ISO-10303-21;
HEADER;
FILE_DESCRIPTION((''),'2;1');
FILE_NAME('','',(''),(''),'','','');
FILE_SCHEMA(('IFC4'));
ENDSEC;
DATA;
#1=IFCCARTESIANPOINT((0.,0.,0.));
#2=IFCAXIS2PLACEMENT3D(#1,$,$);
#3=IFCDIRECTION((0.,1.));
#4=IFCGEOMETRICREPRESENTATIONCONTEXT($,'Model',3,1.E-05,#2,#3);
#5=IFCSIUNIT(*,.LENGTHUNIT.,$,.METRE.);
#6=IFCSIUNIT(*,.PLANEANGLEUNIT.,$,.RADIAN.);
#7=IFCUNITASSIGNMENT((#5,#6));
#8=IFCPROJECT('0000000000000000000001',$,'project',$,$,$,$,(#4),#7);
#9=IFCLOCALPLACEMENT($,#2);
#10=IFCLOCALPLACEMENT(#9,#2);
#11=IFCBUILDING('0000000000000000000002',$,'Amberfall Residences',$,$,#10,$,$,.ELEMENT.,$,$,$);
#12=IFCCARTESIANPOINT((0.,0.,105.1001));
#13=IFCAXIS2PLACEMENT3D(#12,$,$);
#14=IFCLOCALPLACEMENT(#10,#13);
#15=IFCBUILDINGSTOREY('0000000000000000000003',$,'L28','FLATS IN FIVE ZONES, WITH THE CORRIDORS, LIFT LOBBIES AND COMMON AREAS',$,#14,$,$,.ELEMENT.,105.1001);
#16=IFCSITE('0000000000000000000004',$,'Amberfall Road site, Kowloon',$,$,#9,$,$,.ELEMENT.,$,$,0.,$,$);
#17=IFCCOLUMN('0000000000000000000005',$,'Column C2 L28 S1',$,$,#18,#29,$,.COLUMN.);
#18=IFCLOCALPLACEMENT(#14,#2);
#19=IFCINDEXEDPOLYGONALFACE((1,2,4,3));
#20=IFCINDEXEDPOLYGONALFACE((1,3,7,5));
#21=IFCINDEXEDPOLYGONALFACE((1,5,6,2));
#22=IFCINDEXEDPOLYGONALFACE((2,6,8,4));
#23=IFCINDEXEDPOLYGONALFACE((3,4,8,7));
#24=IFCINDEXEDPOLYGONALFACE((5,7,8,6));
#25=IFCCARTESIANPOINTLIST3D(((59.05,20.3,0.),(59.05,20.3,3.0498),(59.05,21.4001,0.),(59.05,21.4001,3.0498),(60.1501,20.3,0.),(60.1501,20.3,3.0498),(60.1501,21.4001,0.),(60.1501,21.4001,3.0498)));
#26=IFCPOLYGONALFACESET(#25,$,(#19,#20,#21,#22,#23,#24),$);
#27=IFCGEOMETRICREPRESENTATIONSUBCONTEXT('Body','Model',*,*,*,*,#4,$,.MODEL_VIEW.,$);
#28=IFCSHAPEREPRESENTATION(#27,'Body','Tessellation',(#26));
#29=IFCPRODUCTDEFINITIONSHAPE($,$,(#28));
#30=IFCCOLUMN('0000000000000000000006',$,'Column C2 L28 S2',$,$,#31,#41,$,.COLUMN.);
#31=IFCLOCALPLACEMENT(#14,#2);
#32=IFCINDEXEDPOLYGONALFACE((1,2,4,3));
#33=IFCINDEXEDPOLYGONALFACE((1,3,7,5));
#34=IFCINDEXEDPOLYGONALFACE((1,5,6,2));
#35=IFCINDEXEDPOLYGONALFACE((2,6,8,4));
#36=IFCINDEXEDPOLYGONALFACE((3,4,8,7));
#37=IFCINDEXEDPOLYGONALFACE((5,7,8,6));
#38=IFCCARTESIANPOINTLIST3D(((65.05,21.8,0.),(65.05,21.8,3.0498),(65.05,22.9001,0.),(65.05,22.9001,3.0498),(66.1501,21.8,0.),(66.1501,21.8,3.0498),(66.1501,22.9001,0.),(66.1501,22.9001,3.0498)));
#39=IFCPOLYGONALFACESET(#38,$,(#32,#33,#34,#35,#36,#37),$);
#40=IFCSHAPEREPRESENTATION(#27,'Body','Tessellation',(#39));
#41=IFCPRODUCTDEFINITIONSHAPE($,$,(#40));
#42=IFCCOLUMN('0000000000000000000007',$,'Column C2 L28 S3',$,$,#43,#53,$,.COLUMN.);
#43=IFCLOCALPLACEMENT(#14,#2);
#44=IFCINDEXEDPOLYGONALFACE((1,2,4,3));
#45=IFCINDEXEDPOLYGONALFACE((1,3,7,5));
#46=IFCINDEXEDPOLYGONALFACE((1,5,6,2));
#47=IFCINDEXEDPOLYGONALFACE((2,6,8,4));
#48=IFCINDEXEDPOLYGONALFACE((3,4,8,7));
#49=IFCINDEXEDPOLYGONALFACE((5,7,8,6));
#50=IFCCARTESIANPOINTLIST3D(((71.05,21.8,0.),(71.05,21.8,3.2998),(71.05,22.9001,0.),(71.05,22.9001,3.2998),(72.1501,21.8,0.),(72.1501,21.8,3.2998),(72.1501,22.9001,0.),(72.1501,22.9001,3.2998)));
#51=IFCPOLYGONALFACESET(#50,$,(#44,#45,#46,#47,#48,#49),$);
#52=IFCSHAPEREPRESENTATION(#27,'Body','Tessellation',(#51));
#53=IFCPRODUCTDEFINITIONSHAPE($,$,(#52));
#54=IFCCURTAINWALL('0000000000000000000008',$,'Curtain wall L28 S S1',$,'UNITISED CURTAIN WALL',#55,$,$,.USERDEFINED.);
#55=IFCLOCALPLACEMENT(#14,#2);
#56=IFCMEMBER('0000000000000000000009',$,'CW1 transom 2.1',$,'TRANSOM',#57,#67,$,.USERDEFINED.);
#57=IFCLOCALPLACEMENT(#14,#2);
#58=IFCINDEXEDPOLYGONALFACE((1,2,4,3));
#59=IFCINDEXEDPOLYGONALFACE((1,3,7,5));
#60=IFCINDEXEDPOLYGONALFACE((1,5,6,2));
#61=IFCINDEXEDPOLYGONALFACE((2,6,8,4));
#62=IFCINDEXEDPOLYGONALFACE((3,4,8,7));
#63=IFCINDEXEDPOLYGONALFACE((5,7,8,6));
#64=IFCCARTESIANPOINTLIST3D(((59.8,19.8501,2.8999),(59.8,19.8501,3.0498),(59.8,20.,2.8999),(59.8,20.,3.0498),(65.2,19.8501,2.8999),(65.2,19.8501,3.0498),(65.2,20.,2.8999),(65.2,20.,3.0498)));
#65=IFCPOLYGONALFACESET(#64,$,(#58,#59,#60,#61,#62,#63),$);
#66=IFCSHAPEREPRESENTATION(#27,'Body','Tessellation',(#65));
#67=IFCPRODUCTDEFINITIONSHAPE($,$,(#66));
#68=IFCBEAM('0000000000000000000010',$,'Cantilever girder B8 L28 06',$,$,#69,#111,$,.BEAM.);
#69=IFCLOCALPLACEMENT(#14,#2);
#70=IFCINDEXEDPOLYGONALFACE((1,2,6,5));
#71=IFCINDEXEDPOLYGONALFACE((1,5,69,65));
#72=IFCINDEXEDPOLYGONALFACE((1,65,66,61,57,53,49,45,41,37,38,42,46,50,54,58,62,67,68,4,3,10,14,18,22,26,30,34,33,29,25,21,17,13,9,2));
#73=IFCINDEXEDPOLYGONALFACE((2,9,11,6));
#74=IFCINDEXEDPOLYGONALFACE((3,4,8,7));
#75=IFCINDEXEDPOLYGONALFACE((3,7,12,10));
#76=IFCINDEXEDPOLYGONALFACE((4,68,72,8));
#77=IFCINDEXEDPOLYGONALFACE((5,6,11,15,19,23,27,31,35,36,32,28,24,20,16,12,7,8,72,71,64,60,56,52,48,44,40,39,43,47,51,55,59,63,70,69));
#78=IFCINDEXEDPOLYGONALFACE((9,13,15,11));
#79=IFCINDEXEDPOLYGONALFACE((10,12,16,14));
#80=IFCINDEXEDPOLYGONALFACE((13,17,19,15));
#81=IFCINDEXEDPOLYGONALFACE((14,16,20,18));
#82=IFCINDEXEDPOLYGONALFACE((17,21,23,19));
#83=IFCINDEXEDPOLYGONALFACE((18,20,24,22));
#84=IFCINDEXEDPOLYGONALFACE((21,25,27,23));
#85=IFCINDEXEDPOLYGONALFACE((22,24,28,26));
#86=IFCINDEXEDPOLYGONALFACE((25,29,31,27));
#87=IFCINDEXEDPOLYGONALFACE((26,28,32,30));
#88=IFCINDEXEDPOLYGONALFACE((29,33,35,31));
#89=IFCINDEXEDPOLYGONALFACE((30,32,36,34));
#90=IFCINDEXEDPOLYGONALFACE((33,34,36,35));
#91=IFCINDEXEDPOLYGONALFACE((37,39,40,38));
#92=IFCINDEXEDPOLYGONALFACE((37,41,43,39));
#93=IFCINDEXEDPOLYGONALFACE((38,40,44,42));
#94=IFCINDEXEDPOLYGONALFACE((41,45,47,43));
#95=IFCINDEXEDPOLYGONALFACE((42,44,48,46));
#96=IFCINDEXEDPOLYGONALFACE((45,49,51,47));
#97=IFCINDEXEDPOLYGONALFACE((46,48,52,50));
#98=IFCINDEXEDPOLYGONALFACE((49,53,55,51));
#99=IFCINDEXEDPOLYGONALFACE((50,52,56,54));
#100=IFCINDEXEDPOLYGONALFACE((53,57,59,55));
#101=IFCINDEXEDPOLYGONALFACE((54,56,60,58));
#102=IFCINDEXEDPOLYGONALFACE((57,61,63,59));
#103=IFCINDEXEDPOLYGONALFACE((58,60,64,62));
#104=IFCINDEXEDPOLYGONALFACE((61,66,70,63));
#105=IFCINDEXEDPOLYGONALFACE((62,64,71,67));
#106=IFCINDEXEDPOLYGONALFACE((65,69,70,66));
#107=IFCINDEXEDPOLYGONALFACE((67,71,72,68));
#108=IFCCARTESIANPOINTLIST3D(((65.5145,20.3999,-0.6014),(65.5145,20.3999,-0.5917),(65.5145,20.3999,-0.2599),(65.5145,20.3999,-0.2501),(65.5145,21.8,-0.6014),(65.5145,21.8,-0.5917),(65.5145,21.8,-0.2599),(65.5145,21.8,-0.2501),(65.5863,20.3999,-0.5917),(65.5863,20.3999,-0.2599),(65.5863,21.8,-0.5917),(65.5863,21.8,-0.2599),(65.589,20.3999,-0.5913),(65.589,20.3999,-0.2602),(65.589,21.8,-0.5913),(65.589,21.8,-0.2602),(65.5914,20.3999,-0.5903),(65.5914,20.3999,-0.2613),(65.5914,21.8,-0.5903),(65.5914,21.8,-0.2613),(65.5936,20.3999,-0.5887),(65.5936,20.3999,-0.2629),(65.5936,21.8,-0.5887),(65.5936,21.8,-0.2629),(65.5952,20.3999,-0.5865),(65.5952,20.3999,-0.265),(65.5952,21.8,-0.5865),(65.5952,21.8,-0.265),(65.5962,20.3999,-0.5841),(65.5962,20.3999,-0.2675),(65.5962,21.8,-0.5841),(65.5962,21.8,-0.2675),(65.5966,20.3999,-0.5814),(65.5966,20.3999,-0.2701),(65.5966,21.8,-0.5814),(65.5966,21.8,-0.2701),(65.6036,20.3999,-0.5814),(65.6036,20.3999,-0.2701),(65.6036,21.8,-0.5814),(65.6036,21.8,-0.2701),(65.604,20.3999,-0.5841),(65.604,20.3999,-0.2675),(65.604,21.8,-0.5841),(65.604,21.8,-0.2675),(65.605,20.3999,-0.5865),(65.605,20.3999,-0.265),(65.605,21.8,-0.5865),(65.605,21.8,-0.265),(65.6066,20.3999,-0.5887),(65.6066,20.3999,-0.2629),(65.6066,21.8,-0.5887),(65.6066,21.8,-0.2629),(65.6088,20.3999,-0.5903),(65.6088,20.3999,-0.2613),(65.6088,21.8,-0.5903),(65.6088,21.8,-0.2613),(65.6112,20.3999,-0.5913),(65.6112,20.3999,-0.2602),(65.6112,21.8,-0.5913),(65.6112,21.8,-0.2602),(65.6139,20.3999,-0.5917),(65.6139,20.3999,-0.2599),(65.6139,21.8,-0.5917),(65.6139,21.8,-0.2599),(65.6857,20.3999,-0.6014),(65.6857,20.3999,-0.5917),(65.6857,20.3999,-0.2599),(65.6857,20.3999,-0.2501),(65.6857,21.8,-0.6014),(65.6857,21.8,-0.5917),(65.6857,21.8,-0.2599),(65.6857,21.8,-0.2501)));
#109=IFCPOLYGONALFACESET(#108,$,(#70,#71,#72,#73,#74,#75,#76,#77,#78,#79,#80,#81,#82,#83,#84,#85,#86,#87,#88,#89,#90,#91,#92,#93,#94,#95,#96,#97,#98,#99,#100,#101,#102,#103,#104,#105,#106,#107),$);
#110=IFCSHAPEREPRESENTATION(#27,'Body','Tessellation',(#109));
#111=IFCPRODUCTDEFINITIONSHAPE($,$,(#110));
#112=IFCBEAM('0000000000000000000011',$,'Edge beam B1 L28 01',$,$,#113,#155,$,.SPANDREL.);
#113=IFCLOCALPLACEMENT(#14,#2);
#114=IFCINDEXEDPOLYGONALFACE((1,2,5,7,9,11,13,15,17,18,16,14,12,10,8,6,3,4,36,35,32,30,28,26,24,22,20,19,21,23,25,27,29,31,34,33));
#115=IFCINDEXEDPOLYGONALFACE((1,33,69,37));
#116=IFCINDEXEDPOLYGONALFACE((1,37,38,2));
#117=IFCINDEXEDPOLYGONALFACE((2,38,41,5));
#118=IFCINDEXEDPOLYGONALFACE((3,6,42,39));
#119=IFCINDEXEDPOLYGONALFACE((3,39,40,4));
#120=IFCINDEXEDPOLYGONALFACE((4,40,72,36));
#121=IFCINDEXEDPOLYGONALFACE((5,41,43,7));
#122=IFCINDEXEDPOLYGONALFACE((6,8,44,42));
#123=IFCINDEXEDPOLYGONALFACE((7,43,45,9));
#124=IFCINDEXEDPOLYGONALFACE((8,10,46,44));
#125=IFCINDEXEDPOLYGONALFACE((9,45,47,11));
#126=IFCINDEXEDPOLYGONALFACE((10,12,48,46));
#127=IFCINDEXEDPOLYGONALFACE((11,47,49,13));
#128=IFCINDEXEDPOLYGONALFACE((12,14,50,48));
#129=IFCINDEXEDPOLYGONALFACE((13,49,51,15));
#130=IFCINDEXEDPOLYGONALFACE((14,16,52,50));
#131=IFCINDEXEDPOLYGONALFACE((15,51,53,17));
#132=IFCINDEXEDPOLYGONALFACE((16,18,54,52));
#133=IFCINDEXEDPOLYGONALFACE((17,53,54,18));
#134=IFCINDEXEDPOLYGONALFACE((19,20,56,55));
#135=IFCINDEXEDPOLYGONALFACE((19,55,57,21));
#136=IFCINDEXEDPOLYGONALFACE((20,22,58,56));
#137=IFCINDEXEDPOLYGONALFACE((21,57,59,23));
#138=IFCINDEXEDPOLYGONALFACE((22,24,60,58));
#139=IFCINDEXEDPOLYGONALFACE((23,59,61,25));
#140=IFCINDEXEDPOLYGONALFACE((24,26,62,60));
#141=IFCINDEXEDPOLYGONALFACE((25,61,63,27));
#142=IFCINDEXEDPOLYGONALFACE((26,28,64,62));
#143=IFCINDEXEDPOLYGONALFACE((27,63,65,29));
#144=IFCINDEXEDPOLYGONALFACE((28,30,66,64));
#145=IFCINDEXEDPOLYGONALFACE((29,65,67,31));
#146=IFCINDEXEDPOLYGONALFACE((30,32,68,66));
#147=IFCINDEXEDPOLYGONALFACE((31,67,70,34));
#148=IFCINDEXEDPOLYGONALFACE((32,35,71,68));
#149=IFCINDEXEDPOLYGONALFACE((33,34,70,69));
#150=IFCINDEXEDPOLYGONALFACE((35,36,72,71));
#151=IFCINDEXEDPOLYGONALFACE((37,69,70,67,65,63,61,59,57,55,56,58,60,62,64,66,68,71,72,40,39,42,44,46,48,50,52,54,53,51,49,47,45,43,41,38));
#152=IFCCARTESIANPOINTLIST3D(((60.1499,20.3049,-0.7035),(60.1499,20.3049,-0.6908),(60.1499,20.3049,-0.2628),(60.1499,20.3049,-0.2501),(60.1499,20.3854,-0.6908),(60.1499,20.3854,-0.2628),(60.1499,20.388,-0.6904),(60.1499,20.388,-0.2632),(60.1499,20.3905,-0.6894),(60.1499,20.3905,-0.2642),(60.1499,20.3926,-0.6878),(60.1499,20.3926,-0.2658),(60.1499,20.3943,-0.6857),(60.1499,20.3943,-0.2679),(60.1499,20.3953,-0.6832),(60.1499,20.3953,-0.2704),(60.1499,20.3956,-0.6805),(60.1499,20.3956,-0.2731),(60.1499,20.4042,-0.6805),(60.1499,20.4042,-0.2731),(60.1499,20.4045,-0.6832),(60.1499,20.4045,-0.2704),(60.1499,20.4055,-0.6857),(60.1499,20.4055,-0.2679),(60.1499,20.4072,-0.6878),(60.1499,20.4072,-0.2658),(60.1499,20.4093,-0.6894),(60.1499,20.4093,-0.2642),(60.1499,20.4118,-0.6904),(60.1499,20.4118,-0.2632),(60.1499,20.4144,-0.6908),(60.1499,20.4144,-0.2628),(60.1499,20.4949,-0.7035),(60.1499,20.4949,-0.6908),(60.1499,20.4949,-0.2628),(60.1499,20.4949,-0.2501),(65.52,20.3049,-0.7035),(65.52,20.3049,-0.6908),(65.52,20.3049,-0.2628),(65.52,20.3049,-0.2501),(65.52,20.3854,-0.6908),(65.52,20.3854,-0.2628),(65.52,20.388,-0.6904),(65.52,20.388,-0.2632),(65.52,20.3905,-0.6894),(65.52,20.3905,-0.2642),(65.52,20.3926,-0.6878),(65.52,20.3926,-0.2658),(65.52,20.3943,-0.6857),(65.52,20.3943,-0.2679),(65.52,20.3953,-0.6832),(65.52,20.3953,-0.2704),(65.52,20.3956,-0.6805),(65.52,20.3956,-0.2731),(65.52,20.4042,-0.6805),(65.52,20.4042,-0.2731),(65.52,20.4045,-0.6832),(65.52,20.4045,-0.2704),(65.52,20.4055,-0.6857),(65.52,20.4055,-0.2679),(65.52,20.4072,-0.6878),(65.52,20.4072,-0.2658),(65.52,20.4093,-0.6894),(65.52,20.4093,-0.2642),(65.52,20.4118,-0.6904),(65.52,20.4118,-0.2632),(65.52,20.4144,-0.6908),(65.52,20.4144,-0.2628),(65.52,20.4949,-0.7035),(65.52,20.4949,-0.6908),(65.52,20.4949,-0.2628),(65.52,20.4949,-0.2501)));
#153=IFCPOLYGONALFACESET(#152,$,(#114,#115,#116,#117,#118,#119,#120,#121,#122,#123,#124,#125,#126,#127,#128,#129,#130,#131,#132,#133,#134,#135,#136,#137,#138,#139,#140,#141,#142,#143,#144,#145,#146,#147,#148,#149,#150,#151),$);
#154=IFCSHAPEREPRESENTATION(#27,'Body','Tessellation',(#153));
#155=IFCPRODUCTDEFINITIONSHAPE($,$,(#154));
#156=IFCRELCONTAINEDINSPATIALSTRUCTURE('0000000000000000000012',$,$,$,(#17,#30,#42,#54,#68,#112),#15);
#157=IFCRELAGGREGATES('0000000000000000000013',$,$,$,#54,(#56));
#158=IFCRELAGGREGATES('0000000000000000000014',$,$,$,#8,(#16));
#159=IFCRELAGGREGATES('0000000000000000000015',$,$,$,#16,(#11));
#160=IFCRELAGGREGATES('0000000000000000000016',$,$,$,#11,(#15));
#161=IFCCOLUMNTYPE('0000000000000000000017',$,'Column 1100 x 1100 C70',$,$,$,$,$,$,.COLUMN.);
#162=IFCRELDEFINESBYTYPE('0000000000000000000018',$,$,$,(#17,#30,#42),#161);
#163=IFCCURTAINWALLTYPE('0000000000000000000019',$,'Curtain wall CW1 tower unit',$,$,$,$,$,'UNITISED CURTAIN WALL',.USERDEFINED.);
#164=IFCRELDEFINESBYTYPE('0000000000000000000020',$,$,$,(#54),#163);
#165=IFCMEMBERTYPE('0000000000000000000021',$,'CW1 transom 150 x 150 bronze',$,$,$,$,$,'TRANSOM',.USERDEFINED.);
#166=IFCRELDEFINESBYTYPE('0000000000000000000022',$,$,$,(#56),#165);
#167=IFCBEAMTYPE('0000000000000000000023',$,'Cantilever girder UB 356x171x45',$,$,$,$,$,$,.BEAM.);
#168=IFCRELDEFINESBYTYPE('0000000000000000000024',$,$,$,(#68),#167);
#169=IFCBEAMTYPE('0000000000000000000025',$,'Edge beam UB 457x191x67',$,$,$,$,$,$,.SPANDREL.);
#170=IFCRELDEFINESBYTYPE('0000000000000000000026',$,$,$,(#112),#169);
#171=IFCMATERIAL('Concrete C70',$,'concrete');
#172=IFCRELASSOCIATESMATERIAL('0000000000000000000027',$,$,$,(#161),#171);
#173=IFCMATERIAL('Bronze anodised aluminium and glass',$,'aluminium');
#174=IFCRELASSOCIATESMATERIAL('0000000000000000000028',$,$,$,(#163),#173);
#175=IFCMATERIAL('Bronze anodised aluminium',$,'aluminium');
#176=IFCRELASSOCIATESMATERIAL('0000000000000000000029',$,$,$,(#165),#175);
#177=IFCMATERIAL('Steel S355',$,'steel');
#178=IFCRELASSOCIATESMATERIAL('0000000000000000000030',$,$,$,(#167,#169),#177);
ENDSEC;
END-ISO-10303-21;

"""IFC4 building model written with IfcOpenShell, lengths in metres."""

from ifc_helpers import new_model, si_unit, direction, frame, origin, origin_2d, place, context, subcontext, project, spatial, rectangle, i_section, extrude, material, material_profile, profile_set, type_object, element, aggregate, save


model = new_model("IFC4")

# Units and contexts
model_context = context("Model", 3, precision=1e-05, world=origin(), true_north=direction((0.0, 1.0)))
body_context = subcontext(model_context, "Body", "Model", "MODEL_VIEW")
ifc_project = project(units=[si_unit("LENGTHUNIT", "METRE"), si_unit("PLANEANGLEUNIT", "RADIAN")], contexts=[model_context])

# Site, building, storey
site_placement = place(None, origin())
site = spatial("IfcSite", under=ifc_project, at=site_placement, Name="Amberfall Road site, Kowloon", CompositionType="ELEMENT", RefElevation=0.0)
building_placement = place(site_placement, origin())
building = spatial("IfcBuilding", under=site, at=building_placement, Name="Amberfall Residences", CompositionType="ELEMENT")
storey_placement = place(building_placement, frame((0.0, 0.0, 105.1001)))
storey = spatial("IfcBuildingStorey", under=building, at=storey_placement, Name="L28", Description="FLATS IN FIVE ZONES, WITH THE CORRIDORS, LIFT LOBBIES AND COMMON AREAS", CompositionType="ELEMENT", Elevation=105.1001)

# Columns
ifc_material_1 = material(Name="Concrete C70", Category="concrete")
ifc_material_profile_1 = material_profile(ifc_material_1, rectangle(XDim=1.1001, YDim=1.1001, at=origin_2d()), Name="Column 1100 x 1100 C70")
ifc_profile_set_1 = profile_set([ifc_material_profile_1], Name="Concrete C70")
column_type = type_object("IfcColumnType", Name="Column 1100 x 1100 C70", PredefinedType="COLUMN", material=ifc_profile_set_1)
for number, where, z_axis, x_axis, name in (
    (1, (59.6001, 20.8501, 0.0), (0.0, 0.0, 1.0), (1.0, 0.0, 0.0), "Column C2 L28 S1"),
    (2, (65.6001, 22.3501, 0.0), (0.0, 0.0, 1.0), (1.0, 0.0, 0.0), "Column C2 L28 S2"),
):
    element("IfcColumn", number, at=place(storey_placement, frame(where, z_axis=z_axis, x_axis=x_axis)), inside=storey, type_object=column_type, Name=name, PredefinedType="COLUMN", context=body_context, shape_type="SweptSolid", body=[
        extrude(rectangle(XDim=1.1001, YDim=1.1001, at=origin_2d()), origin(), (0.0, 0.0, 1.0), 3.0498),
    ])
column_placement = place(storey_placement, frame((71.6001, 22.3501, 0.0), z_axis=(0.0, 0.0, 1.0), x_axis=(1.0, 0.0, 0.0)))
element("IfcColumn", 3, at=column_placement, inside=storey, type_object=column_type, Name="Column C2 L28 S3", PredefinedType="COLUMN", context=body_context, shape_type="SweptSolid", body=[
    extrude(rectangle(XDim=1.1001, YDim=1.1001, at=origin_2d()), origin(), (0.0, 0.0, 1.0), 3.2998),
])

# Curtain wall, member
ifc_material_2 = material(Name="Bronze anodised aluminium and glass", Category="aluminium")
curtain_wall_type = type_object("IfcCurtainWallType", Name="Curtain wall CW1 tower unit", ElementType="UNITISED CURTAIN WALL", PredefinedType="USERDEFINED", material=ifc_material_2)
curtain_wall_placement = place(storey_placement, origin())
curtain_wall = element("IfcCurtainWall", 4, at=curtain_wall_placement, inside=storey, type_object=curtain_wall_type, Name="Curtain wall L28 S S1", ObjectType="UNITISED CURTAIN WALL", PredefinedType="USERDEFINED")
ifc_material_3 = material(Name="Bronze anodised aluminium", Category="aluminium")
ifc_material_profile_2 = material_profile(ifc_material_3, rectangle(XDim=0.1499, YDim=0.1499, at=origin_2d()), Name="CW1 transom 150 x 150 bronze")
ifc_profile_set_2 = profile_set([ifc_material_profile_2], Name="Bronze anodised aluminium")
member_type_1 = type_object("IfcMemberType", Name="CW1 transom 150 x 150 bronze", ElementType="TRANSOM", PredefinedType="USERDEFINED", material=ifc_profile_set_2)
member_1_placement = place(storey_placement, frame((59.8, 19.925, 2.9749), z_axis=(1.0, 0.0, 0.0), x_axis=(0.0, 1.0, 0.0)))
member_1 = element("IfcMember", 5, at=member_1_placement, type_object=member_type_1, Name="CW1 transom 2.1", ObjectType="TRANSOM", PredefinedType="USERDEFINED", context=body_context, shape_type="SweptSolid", body=[
    extrude(rectangle(XDim=0.1499, YDim=0.1499, at=origin_2d()), origin(), (0.0, 0.0, 1.0), 5.3999),
])

# Beams
ifc_material_4 = material(Name="Steel S355", Category="steel")
ifc_material_profile_3 = material_profile(ifc_material_4, i_section(OverallWidth=0.1711, OverallDepth=0.3513, WebThickness=0.0071, FlangeThickness=0.0098, FilletRadius=0.0103, at=origin_2d()), Name="UB 356x171x45")
ifc_profile_set_3 = profile_set([ifc_material_profile_3], Name="Steel S355")
beam_type_1 = type_object("IfcBeamType", Name="Cantilever girder UB 356x171x45", PredefinedType="BEAM", material=ifc_profile_set_3)
beam_1_placement = place(storey_placement, frame((65.6001, 21.8, -0.4258), z_axis=(0.0, -1.0, 0.0), x_axis=(1.0, 0.0, 0.0)))
element("IfcBeam", 6, at=beam_1_placement, inside=storey, type_object=beam_type_1, Name="Cantilever girder B8 L28 06", PredefinedType="BEAM", context=body_context, shape_type="SweptSolid", body=[
    extrude(i_section(OverallWidth=0.1711, OverallDepth=0.3513, WebThickness=0.0071, FlangeThickness=0.0098, FilletRadius=0.0103, at=origin_2d()), origin(), (0.0, 0.0, 1.0), 1.4001),
])
ifc_material_profile_4 = material_profile(ifc_material_4, i_section(OverallWidth=0.1899, OverallDepth=0.4534, WebThickness=0.0085, FlangeThickness=0.0127, FilletRadius=0.0103, at=origin_2d()), Name="UB 457x191x67")
ifc_profile_set_4 = profile_set([ifc_material_profile_4], Name="Steel S355")
beam_type_2 = type_object("IfcBeamType", Name="Edge beam UB 457x191x67", PredefinedType="SPANDREL", material=ifc_profile_set_4)
beam_2_placement = place(storey_placement, frame((60.1499, 20.3999, -0.4768), z_axis=(1.0, 0.0, 0.0), x_axis=(0.0, 1.0, 0.0)))
element("IfcBeam", 7, at=beam_2_placement, inside=storey, type_object=beam_type_2, Name="Edge beam B1 L28 01", PredefinedType="SPANDREL", context=body_context, shape_type="SweptSolid", body=[
    extrude(i_section(OverallWidth=0.1899, OverallDepth=0.4534, WebThickness=0.0085, FlangeThickness=0.0127, FilletRadius=0.0103, at=origin_2d()), origin(), (0.0, 0.0, 1.0), 5.3701),
])

aggregate(curtain_wall, [member_1])

save(model, "model.ifc")
